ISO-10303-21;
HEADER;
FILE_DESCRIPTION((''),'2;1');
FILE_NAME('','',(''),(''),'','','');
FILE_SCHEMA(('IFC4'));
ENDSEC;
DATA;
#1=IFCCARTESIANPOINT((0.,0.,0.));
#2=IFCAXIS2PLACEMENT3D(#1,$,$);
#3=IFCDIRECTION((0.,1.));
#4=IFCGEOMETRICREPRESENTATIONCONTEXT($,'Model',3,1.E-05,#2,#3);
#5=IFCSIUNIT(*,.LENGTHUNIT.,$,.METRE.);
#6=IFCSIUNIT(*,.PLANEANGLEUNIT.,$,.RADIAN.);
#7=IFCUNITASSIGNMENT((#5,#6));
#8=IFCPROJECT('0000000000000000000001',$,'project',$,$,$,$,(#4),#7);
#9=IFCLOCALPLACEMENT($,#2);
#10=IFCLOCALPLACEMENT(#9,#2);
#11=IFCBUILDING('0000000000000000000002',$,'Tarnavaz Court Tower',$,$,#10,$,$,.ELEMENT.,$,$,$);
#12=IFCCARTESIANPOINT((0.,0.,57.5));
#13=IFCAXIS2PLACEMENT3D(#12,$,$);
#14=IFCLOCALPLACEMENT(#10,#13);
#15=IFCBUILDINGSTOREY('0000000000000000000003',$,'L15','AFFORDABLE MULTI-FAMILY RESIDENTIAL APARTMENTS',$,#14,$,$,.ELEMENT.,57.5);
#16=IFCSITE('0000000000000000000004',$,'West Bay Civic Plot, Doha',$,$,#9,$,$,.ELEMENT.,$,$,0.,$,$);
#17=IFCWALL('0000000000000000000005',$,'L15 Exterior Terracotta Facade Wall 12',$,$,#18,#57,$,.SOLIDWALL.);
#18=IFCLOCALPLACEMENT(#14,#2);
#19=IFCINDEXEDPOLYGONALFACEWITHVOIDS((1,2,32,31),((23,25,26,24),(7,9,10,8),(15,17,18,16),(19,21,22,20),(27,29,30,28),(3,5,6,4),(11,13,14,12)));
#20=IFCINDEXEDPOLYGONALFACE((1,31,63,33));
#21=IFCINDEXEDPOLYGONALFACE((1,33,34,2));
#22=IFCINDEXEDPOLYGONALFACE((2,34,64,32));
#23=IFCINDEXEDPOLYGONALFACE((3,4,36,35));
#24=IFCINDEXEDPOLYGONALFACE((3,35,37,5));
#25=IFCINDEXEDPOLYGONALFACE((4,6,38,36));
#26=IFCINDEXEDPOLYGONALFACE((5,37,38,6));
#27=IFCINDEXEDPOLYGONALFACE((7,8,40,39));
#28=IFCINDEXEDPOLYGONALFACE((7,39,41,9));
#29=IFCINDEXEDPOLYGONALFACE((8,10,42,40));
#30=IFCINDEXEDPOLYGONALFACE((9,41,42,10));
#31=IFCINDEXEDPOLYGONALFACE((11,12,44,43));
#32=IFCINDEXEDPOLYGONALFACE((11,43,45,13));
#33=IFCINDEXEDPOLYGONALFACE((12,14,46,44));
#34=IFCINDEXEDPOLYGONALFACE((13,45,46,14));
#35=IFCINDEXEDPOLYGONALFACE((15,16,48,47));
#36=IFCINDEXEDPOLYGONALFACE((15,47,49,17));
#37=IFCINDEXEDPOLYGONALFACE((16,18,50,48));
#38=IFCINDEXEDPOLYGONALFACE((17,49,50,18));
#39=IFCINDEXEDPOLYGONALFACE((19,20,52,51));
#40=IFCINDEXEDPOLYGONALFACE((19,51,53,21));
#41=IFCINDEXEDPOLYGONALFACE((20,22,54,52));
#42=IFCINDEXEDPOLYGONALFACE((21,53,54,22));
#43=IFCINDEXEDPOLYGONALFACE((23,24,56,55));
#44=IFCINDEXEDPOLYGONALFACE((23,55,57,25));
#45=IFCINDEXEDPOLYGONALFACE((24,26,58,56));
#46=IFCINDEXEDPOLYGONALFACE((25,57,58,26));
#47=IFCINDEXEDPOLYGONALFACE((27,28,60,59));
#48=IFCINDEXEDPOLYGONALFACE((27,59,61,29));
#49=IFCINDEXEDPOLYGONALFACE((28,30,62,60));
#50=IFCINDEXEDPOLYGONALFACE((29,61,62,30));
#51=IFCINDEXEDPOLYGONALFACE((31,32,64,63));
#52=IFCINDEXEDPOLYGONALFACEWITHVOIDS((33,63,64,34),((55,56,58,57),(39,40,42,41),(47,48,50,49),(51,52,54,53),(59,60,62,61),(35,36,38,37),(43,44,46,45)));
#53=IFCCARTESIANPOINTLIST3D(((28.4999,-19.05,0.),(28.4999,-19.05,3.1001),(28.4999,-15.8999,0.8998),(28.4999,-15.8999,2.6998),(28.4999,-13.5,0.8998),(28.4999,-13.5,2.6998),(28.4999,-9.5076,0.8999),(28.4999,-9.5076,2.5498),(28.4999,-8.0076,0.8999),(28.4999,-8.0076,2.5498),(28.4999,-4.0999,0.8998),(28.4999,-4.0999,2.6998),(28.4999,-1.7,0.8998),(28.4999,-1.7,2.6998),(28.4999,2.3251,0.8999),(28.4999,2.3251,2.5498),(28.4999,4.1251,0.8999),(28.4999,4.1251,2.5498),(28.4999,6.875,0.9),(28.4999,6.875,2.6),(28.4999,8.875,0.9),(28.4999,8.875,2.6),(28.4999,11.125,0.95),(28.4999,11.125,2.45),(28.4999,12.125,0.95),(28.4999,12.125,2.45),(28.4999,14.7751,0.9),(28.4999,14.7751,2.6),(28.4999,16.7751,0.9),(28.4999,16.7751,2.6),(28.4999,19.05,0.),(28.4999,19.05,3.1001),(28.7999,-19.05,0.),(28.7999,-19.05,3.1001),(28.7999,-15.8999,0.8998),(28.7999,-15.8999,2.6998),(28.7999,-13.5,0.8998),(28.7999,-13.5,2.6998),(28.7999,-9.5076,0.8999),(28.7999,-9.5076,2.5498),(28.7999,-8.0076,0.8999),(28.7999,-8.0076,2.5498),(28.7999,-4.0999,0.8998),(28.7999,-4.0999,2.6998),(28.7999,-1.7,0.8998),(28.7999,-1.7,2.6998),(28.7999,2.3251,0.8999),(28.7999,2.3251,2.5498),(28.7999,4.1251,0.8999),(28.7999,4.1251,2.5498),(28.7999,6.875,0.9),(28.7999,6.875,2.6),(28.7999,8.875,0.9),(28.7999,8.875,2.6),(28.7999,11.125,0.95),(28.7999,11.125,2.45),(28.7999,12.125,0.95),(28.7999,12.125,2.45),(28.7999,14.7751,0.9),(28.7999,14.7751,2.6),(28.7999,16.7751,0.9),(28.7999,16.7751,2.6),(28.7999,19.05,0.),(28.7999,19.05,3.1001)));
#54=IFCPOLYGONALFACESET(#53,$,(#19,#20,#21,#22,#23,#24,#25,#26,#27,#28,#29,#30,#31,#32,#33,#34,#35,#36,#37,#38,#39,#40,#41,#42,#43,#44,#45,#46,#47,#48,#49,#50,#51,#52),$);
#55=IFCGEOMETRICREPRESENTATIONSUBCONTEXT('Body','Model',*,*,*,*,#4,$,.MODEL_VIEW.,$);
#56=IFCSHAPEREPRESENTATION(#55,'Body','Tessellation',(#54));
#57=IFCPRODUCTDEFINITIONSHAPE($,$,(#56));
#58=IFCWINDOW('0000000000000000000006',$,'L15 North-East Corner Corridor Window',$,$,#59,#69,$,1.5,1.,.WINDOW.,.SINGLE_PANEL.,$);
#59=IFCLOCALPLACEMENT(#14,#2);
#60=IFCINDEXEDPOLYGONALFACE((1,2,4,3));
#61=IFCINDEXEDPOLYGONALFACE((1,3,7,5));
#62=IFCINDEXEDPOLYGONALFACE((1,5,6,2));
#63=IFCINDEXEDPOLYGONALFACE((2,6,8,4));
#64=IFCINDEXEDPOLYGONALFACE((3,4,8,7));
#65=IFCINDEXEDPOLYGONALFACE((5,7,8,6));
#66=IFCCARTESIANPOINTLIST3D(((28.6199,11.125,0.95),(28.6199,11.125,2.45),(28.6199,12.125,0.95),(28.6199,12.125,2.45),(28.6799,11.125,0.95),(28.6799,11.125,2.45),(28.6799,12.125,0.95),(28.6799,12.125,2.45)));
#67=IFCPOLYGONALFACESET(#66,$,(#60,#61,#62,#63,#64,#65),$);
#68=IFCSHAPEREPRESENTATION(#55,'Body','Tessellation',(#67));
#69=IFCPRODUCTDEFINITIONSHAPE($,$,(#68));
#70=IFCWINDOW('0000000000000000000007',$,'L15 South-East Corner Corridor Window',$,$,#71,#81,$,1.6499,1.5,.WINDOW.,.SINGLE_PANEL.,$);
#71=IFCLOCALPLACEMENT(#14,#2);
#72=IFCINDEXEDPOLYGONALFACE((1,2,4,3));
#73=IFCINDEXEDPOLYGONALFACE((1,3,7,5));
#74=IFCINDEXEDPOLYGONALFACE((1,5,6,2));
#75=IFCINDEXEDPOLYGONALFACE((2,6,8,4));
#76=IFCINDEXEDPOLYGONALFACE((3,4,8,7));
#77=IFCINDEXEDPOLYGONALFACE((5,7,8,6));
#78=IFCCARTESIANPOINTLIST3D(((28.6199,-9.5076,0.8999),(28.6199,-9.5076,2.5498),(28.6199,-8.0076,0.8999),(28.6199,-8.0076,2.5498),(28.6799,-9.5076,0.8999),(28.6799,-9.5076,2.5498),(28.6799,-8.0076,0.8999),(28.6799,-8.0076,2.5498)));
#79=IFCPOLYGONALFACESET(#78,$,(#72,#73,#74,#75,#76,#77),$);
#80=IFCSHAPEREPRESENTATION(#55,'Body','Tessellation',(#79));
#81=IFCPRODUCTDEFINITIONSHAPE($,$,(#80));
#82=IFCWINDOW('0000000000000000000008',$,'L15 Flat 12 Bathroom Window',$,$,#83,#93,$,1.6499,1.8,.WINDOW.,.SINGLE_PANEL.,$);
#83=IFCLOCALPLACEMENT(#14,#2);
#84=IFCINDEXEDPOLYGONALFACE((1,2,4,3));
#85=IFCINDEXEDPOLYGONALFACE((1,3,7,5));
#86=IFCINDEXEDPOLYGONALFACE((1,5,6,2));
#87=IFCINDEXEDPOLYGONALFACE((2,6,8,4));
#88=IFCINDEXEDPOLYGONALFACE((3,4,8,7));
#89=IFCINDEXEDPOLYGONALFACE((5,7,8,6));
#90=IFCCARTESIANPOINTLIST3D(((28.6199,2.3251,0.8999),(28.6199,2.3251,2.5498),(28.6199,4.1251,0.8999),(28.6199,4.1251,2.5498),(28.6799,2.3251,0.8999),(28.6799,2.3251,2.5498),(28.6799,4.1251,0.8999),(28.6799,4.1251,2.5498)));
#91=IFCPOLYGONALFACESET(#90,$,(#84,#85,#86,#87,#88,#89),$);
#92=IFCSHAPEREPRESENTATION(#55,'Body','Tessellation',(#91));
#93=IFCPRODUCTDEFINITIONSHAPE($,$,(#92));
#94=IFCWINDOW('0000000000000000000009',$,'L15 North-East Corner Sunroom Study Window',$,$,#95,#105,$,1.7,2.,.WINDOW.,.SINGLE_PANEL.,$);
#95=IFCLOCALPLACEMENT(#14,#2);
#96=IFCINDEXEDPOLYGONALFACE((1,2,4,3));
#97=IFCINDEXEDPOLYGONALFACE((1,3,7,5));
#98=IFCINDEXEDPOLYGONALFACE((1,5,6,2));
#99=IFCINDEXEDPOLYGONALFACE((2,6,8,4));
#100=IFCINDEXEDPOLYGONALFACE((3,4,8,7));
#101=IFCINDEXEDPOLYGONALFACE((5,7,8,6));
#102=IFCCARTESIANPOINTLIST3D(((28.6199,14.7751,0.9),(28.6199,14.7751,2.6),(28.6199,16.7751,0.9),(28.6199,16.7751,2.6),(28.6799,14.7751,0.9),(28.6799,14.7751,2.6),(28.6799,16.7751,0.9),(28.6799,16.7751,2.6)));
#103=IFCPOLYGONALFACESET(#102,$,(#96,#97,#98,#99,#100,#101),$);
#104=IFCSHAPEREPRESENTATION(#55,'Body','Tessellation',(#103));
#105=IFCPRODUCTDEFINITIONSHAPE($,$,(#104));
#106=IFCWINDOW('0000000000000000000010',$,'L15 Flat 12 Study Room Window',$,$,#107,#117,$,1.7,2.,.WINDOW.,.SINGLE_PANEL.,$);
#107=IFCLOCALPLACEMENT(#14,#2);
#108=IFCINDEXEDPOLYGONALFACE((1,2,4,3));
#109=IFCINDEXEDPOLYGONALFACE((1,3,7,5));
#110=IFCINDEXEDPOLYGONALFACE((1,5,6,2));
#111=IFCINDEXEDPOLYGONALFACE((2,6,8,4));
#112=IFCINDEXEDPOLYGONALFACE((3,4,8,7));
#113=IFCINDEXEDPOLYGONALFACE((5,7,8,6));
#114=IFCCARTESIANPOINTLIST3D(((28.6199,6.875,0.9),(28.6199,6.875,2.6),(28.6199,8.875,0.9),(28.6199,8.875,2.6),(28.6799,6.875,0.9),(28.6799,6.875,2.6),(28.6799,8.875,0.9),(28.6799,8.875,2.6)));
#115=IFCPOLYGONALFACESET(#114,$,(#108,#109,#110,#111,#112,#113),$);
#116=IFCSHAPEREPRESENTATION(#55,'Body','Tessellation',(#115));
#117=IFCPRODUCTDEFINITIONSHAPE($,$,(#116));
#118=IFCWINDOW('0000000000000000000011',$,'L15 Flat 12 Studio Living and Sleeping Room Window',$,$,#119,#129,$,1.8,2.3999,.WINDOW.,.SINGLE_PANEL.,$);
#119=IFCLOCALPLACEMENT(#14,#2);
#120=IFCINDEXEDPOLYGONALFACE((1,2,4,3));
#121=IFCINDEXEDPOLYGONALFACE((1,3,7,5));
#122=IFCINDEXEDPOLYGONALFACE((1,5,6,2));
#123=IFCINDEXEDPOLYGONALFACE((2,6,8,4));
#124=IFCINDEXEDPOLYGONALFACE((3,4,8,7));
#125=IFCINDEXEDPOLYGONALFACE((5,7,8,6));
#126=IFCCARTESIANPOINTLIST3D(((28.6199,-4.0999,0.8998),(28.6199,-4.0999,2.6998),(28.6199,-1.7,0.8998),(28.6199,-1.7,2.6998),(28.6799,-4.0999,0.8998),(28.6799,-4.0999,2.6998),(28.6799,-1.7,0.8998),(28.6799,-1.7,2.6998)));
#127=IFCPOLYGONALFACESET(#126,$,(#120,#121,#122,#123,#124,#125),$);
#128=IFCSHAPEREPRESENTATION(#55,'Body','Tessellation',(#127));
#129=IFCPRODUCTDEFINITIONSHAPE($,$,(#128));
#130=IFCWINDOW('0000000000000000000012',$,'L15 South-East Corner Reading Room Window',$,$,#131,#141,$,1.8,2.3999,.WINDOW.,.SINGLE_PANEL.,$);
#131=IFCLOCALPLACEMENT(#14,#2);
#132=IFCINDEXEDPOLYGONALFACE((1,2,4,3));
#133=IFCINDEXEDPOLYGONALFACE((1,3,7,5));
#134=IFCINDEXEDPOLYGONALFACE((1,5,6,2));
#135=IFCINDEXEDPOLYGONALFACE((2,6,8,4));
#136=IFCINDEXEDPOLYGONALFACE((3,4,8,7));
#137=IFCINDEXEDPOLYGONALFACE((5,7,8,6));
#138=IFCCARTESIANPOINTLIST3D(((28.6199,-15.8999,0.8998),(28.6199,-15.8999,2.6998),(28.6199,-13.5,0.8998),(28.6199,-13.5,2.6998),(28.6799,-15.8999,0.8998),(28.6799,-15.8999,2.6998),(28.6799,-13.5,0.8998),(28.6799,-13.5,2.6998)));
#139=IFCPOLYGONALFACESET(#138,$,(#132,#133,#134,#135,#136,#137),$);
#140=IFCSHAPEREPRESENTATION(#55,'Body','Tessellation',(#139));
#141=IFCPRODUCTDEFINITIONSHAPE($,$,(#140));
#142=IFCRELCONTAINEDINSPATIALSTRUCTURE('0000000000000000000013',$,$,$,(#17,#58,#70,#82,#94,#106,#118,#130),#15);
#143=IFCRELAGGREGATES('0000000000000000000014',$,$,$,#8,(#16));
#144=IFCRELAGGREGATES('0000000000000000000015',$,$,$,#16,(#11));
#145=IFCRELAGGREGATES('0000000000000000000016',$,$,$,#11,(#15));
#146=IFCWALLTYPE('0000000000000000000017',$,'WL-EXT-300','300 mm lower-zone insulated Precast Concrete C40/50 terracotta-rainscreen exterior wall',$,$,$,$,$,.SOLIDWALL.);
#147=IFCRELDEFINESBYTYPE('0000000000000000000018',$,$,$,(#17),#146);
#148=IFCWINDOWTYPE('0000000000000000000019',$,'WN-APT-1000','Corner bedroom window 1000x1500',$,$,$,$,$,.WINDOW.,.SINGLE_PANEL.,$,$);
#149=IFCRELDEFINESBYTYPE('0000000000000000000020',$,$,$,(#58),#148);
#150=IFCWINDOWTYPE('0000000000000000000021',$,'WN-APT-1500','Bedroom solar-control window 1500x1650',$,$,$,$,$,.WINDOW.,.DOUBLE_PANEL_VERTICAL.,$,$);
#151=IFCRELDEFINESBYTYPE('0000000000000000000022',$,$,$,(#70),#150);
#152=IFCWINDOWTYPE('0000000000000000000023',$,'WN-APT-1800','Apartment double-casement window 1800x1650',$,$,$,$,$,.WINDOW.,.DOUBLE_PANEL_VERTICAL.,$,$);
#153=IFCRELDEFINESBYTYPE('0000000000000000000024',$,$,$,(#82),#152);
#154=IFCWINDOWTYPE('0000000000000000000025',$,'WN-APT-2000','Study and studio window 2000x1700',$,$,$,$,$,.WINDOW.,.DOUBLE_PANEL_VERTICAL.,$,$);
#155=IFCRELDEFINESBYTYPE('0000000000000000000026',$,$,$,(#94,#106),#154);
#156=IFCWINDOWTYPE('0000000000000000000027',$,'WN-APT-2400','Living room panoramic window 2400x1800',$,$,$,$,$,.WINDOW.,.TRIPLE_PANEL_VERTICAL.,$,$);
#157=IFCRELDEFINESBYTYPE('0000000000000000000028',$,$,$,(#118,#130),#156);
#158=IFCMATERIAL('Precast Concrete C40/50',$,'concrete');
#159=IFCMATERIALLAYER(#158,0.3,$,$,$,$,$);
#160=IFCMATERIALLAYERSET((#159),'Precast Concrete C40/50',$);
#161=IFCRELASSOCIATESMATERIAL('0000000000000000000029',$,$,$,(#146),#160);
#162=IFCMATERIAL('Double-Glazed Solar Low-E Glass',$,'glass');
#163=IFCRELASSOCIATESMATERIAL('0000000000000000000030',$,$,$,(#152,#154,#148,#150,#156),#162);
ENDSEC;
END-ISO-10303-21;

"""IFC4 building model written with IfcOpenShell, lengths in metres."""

from ifc_helpers import new_model, si_unit, direction, frame, frame_2d, origin, place, context, subcontext, project, spatial, rectangle, extrude, material, layer, layer_set, type_object, element, fill, save


model = new_model("IFC4")

# Units and contexts
model_context = context("Model", 3, precision=1e-05, world=origin(), true_north=direction((0.0, 1.0)))
body_context = subcontext(model_context, "Body", "Model", "MODEL_VIEW")
ifc_project = project(units=[si_unit("LENGTHUNIT", "METRE"), si_unit("PLANEANGLEUNIT", "RADIAN")], contexts=[model_context])

# Site, building, storey
site_placement = place(None, origin())
site = spatial("IfcSite", under=ifc_project, at=site_placement, Name="West Bay Civic Plot, Doha", CompositionType="ELEMENT", RefElevation=0.0)
building_placement = place(site_placement, origin())
building = spatial("IfcBuilding", under=site, at=building_placement, Name="Tarnavaz Court Tower", CompositionType="ELEMENT")
storey_placement = place(building_placement, frame((0.0, 0.0, 57.5)))
storey = spatial("IfcBuildingStorey", under=building, at=storey_placement, Name="L15", Description="AFFORDABLE MULTI-FAMILY RESIDENTIAL APARTMENTS", CompositionType="ELEMENT", Elevation=57.5)

# Shared definitions
ifc_material_1 = material(Name="Precast Concrete C40/50", Category="concrete")
ifc_layer_1 = layer(ifc_material_1, 0.3)
ifc_layer_set_1 = layer_set([ifc_layer_1], Name="Precast Concrete C40/50")
wall_type_1 = type_object("IfcWallType", Name="WL-EXT-300", Description="300 mm lower-zone insulated Precast Concrete C40/50 terracotta-rainscreen exterior wall", PredefinedType="SOLIDWALL", material=ifc_layer_set_1)
ifc_material_2 = material(Name="Double-Glazed Solar Low-E Glass", Category="glass")
window_type_1 = type_object("IfcWindowType", Name="WN-APT-1800", Description="Apartment double-casement window 1800x1650", PartitioningType="DOUBLE_PANEL_VERTICAL", PredefinedType="WINDOW", material=ifc_material_2)
window_type_2 = type_object("IfcWindowType", Name="WN-APT-2000", Description="Study and studio window 2000x1700", PartitioningType="DOUBLE_PANEL_VERTICAL", PredefinedType="WINDOW", material=ifc_material_2)

# Wall, openings, windows
wall_1_placement = place(storey_placement, frame((28.6499, 19.05, 0.0), z_axis=(0.0, 0.0, 1.0), x_axis=(0.0, -1.0, 0.0)))
wall_1 = element("IfcWall", 1, at=wall_1_placement, inside=storey, type_object=wall_type_1, Name="L15 Exterior Terracotta Facade Wall 12", PredefinedType="SOLIDWALL", context=body_context, shape_type="SweptSolid", body=[
    extrude(rectangle(XDim=38.1001, YDim=0.3, at=frame_2d((19.05, 0.0))), origin(), (0.0, 0.0, 1.0), 3.1001),
])
opening_1_placement = place(wall_1_placement, frame((2.2749, 0.0, 0.8999)))
opening_1 = element("IfcOpeningElement", 2, at=opening_1_placement, cuts=wall_1, PredefinedType="OPENING", context=body_context, shape_type="SweptSolid", body=[
    extrude(rectangle(XDim=2.0, YDim=1.7, at=frame_2d((1.0, 0.8501))), frame((0.0, 0.1599, 0.0), z_axis=(0.0, -1.0, 0.0), x_axis=(1.0, 0.0, 0.0)), (0.0, 0.0, 1.0), 0.3201),
])
opening_2_placement = place(wall_1_placement, frame((6.925, 0.0, 0.95)))
opening_2 = element("IfcOpeningElement", 3, at=opening_2_placement, cuts=wall_1, PredefinedType="OPENING", context=body_context, shape_type="SweptSolid", body=[
    extrude(rectangle(XDim=1.0, YDim=1.5, at=frame_2d((0.5, 0.75))), frame((0.0, 0.1599, 0.0), z_axis=(0.0, -1.0, 0.0), x_axis=(1.0, 0.0, 0.0)), (0.0, 0.0, 1.0), 0.3201),
])
opening_3_placement = place(wall_1_placement, frame((10.175, 0.0, 0.8999)))
opening_3 = element("IfcOpeningElement", 4, at=opening_3_placement, cuts=wall_1, PredefinedType="OPENING", context=body_context, shape_type="SweptSolid", body=[
    extrude(rectangle(XDim=2.0, YDim=1.7, at=frame_2d((1.0, 0.8501))), frame((0.0, 0.1599, 0.0), z_axis=(0.0, -1.0, 0.0), x_axis=(1.0, 0.0, 0.0)), (0.0, 0.0, 1.0), 0.3201),
])
opening_4_placement = place(wall_1_placement, frame((14.925, 0.0, 0.8999)))
opening_4 = element("IfcOpeningElement", 5, at=opening_4_placement, cuts=wall_1, PredefinedType="OPENING", context=body_context, shape_type="SweptSolid", body=[
    extrude(rectangle(XDim=1.8, YDim=1.6499, at=frame_2d((0.8999, 0.825))), frame((0.0, 0.1599, 0.0), z_axis=(0.0, -1.0, 0.0), x_axis=(1.0, 0.0, 0.0)), (0.0, 0.0, 1.0), 0.3201),
])
opening_5_placement = place(wall_1_placement, frame((20.75, 0.0, 0.8999)))
opening_5 = element("IfcOpeningElement", 6, at=opening_5_placement, cuts=wall_1, PredefinedType="OPENING", context=body_context, shape_type="SweptSolid", body=[
    extrude(rectangle(XDim=2.3999, YDim=1.8, at=frame_2d((1.2, 0.8999))), frame((0.0, 0.1599, 0.0), z_axis=(0.0, -1.0, 0.0), x_axis=(1.0, 0.0, 0.0)), (0.0, 0.0, 1.0), 0.3201),
])
opening_6_placement = place(wall_1_placement, frame((27.0576, 0.0, 0.8999)))
opening_6 = element("IfcOpeningElement", 7, at=opening_6_placement, cuts=wall_1, PredefinedType="OPENING", context=body_context, shape_type="SweptSolid", body=[
    extrude(rectangle(XDim=1.5, YDim=1.6499, at=frame_2d((0.75, 0.825))), frame((0.0, 0.1599, 0.0), z_axis=(0.0, -1.0, 0.0), x_axis=(1.0, 0.0, 0.0)), (0.0, 0.0, 1.0), 0.3201),
])
opening_7_placement = place(wall_1_placement, frame((32.55, 0.0, 0.8999)))
opening_7 = element("IfcOpeningElement", 8, at=opening_7_placement, cuts=wall_1, PredefinedType="OPENING", context=body_context, shape_type="SweptSolid", body=[
    extrude(rectangle(XDim=2.3999, YDim=1.8, at=frame_2d((1.2, 0.8999))), frame((0.0, 0.1599, 0.0), z_axis=(0.0, -1.0, 0.0), x_axis=(1.0, 0.0, 0.0)), (0.0, 0.0, 1.0), 0.3201),
])
window_type_3 = type_object("IfcWindowType", Name="WN-APT-1000", Description="Corner bedroom window 1000x1500", PartitioningType="SINGLE_PANEL", PredefinedType="WINDOW", material=ifc_material_2)
window_1_placement = place(opening_2_placement, origin())
window_1 = element("IfcWindow", 9, at=window_1_placement, inside=storey, type_object=window_type_3, Name="L15 North-East Corner Corridor Window", OverallHeight=1.5, OverallWidth=1.0, PartitioningType="SINGLE_PANEL", PredefinedType="WINDOW", context=body_context, shape_type="SweptSolid", body=[
    extrude(rectangle(XDim=1.0, YDim=1.5, at=frame_2d((0.5, 0.75))), frame((0.0, 0.03, 0.0), z_axis=(0.0, -1.0, 0.0), x_axis=(1.0, 0.0, 0.0)), (0.0, 0.0, 1.0), 0.0601),
])
fill(opening_2, window_1)
window_type_4 = type_object("IfcWindowType", Name="WN-APT-1500", Description="Bedroom solar-control window 1500x1650", PartitioningType="DOUBLE_PANEL_VERTICAL", PredefinedType="WINDOW", material=ifc_material_2)
window_2_placement = place(opening_6_placement, origin())
window_2 = element("IfcWindow", 10, at=window_2_placement, inside=storey, type_object=window_type_4, Name="L15 South-East Corner Corridor Window", OverallHeight=1.6499, OverallWidth=1.5, PartitioningType="SINGLE_PANEL", PredefinedType="WINDOW", context=body_context, shape_type="SweptSolid", body=[
    extrude(rectangle(XDim=1.5, YDim=1.6499, at=frame_2d((0.75, 0.825))), frame((0.0, 0.03, 0.0), z_axis=(0.0, -1.0, 0.0), x_axis=(1.0, 0.0, 0.0)), (0.0, 0.0, 1.0), 0.0601),
])
fill(opening_6, window_2)
window_3_placement = place(opening_4_placement, origin())
window_3 = element("IfcWindow", 11, at=window_3_placement, inside=storey, type_object=window_type_1, Name="L15 Flat 12 Bathroom Window", OverallHeight=1.6499, OverallWidth=1.8, PartitioningType="SINGLE_PANEL", PredefinedType="WINDOW", context=body_context, shape_type="SweptSolid", body=[
    extrude(rectangle(XDim=1.8, YDim=1.6499, at=frame_2d((0.8999, 0.825))), frame((0.0, 0.03, 0.0), z_axis=(0.0, -1.0, 0.0), x_axis=(1.0, 0.0, 0.0)), (0.0, 0.0, 1.0), 0.0601),
])
fill(opening_4, window_3)
window_4_placement = place(opening_1_placement, origin())
window_4 = element("IfcWindow", 12, at=window_4_placement, inside=storey, type_object=window_type_2, Name="L15 North-East Corner Sunroom Study Window", OverallHeight=1.7, OverallWidth=2.0, PartitioningType="SINGLE_PANEL", PredefinedType="WINDOW", context=body_context, shape_type="SweptSolid", body=[
    extrude(rectangle(XDim=2.0, YDim=1.7, at=frame_2d((1.0, 0.8501))), frame((0.0, 0.03, 0.0), z_axis=(0.0, -1.0, 0.0), x_axis=(1.0, 0.0, 0.0)), (0.0, 0.0, 1.0), 0.0601),
])
fill(opening_1, window_4)
window_5_placement = place(opening_3_placement, origin())
window_5 = element("IfcWindow", 13, at=window_5_placement, inside=storey, type_object=window_type_2, Name="L15 Flat 12 Study Room Window", OverallHeight=1.7, OverallWidth=2.0, PartitioningType="SINGLE_PANEL", PredefinedType="WINDOW", context=body_context, shape_type="SweptSolid", body=[
    extrude(rectangle(XDim=2.0, YDim=1.7, at=frame_2d((1.0, 0.8501))), frame((0.0, 0.03, 0.0), z_axis=(0.0, -1.0, 0.0), x_axis=(1.0, 0.0, 0.0)), (0.0, 0.0, 1.0), 0.0601),
])
fill(opening_3, window_5)
window_type_5 = type_object("IfcWindowType", Name="WN-APT-2400", Description="Living room panoramic window 2400x1800", PartitioningType="TRIPLE_PANEL_VERTICAL", PredefinedType="WINDOW", material=ifc_material_2)
window_6_placement = place(opening_5_placement, origin())
window_6 = element("IfcWindow", 14, at=window_6_placement, inside=storey, type_object=window_type_5, Name="L15 Flat 12 Studio Living and Sleeping Room Window", OverallHeight=1.8, OverallWidth=2.3999, PartitioningType="SINGLE_PANEL", PredefinedType="WINDOW", context=body_context, shape_type="SweptSolid", body=[
    extrude(rectangle(XDim=2.3999, YDim=1.8, at=frame_2d((1.2, 0.8999))), frame((0.0, 0.03, 0.0), z_axis=(0.0, -1.0, 0.0), x_axis=(1.0, 0.0, 0.0)), (0.0, 0.0, 1.0), 0.0601),
])
fill(opening_5, window_6)
window_7_placement = place(opening_7_placement, origin())
window_7 = element("IfcWindow", 15, at=window_7_placement, inside=storey, type_object=window_type_5, Name="L15 South-East Corner Reading Room Window", OverallHeight=1.8, OverallWidth=2.3999, PartitioningType="SINGLE_PANEL", PredefinedType="WINDOW", context=body_context, shape_type="SweptSolid", body=[
    extrude(rectangle(XDim=2.3999, YDim=1.8, at=frame_2d((1.2, 0.8999))), frame((0.0, 0.03, 0.0), z_axis=(0.0, -1.0, 0.0), x_axis=(1.0, 0.0, 0.0)), (0.0, 0.0, 1.0), 0.0601),
])
fill(opening_7, window_7)

save(model, "model.ifc")
